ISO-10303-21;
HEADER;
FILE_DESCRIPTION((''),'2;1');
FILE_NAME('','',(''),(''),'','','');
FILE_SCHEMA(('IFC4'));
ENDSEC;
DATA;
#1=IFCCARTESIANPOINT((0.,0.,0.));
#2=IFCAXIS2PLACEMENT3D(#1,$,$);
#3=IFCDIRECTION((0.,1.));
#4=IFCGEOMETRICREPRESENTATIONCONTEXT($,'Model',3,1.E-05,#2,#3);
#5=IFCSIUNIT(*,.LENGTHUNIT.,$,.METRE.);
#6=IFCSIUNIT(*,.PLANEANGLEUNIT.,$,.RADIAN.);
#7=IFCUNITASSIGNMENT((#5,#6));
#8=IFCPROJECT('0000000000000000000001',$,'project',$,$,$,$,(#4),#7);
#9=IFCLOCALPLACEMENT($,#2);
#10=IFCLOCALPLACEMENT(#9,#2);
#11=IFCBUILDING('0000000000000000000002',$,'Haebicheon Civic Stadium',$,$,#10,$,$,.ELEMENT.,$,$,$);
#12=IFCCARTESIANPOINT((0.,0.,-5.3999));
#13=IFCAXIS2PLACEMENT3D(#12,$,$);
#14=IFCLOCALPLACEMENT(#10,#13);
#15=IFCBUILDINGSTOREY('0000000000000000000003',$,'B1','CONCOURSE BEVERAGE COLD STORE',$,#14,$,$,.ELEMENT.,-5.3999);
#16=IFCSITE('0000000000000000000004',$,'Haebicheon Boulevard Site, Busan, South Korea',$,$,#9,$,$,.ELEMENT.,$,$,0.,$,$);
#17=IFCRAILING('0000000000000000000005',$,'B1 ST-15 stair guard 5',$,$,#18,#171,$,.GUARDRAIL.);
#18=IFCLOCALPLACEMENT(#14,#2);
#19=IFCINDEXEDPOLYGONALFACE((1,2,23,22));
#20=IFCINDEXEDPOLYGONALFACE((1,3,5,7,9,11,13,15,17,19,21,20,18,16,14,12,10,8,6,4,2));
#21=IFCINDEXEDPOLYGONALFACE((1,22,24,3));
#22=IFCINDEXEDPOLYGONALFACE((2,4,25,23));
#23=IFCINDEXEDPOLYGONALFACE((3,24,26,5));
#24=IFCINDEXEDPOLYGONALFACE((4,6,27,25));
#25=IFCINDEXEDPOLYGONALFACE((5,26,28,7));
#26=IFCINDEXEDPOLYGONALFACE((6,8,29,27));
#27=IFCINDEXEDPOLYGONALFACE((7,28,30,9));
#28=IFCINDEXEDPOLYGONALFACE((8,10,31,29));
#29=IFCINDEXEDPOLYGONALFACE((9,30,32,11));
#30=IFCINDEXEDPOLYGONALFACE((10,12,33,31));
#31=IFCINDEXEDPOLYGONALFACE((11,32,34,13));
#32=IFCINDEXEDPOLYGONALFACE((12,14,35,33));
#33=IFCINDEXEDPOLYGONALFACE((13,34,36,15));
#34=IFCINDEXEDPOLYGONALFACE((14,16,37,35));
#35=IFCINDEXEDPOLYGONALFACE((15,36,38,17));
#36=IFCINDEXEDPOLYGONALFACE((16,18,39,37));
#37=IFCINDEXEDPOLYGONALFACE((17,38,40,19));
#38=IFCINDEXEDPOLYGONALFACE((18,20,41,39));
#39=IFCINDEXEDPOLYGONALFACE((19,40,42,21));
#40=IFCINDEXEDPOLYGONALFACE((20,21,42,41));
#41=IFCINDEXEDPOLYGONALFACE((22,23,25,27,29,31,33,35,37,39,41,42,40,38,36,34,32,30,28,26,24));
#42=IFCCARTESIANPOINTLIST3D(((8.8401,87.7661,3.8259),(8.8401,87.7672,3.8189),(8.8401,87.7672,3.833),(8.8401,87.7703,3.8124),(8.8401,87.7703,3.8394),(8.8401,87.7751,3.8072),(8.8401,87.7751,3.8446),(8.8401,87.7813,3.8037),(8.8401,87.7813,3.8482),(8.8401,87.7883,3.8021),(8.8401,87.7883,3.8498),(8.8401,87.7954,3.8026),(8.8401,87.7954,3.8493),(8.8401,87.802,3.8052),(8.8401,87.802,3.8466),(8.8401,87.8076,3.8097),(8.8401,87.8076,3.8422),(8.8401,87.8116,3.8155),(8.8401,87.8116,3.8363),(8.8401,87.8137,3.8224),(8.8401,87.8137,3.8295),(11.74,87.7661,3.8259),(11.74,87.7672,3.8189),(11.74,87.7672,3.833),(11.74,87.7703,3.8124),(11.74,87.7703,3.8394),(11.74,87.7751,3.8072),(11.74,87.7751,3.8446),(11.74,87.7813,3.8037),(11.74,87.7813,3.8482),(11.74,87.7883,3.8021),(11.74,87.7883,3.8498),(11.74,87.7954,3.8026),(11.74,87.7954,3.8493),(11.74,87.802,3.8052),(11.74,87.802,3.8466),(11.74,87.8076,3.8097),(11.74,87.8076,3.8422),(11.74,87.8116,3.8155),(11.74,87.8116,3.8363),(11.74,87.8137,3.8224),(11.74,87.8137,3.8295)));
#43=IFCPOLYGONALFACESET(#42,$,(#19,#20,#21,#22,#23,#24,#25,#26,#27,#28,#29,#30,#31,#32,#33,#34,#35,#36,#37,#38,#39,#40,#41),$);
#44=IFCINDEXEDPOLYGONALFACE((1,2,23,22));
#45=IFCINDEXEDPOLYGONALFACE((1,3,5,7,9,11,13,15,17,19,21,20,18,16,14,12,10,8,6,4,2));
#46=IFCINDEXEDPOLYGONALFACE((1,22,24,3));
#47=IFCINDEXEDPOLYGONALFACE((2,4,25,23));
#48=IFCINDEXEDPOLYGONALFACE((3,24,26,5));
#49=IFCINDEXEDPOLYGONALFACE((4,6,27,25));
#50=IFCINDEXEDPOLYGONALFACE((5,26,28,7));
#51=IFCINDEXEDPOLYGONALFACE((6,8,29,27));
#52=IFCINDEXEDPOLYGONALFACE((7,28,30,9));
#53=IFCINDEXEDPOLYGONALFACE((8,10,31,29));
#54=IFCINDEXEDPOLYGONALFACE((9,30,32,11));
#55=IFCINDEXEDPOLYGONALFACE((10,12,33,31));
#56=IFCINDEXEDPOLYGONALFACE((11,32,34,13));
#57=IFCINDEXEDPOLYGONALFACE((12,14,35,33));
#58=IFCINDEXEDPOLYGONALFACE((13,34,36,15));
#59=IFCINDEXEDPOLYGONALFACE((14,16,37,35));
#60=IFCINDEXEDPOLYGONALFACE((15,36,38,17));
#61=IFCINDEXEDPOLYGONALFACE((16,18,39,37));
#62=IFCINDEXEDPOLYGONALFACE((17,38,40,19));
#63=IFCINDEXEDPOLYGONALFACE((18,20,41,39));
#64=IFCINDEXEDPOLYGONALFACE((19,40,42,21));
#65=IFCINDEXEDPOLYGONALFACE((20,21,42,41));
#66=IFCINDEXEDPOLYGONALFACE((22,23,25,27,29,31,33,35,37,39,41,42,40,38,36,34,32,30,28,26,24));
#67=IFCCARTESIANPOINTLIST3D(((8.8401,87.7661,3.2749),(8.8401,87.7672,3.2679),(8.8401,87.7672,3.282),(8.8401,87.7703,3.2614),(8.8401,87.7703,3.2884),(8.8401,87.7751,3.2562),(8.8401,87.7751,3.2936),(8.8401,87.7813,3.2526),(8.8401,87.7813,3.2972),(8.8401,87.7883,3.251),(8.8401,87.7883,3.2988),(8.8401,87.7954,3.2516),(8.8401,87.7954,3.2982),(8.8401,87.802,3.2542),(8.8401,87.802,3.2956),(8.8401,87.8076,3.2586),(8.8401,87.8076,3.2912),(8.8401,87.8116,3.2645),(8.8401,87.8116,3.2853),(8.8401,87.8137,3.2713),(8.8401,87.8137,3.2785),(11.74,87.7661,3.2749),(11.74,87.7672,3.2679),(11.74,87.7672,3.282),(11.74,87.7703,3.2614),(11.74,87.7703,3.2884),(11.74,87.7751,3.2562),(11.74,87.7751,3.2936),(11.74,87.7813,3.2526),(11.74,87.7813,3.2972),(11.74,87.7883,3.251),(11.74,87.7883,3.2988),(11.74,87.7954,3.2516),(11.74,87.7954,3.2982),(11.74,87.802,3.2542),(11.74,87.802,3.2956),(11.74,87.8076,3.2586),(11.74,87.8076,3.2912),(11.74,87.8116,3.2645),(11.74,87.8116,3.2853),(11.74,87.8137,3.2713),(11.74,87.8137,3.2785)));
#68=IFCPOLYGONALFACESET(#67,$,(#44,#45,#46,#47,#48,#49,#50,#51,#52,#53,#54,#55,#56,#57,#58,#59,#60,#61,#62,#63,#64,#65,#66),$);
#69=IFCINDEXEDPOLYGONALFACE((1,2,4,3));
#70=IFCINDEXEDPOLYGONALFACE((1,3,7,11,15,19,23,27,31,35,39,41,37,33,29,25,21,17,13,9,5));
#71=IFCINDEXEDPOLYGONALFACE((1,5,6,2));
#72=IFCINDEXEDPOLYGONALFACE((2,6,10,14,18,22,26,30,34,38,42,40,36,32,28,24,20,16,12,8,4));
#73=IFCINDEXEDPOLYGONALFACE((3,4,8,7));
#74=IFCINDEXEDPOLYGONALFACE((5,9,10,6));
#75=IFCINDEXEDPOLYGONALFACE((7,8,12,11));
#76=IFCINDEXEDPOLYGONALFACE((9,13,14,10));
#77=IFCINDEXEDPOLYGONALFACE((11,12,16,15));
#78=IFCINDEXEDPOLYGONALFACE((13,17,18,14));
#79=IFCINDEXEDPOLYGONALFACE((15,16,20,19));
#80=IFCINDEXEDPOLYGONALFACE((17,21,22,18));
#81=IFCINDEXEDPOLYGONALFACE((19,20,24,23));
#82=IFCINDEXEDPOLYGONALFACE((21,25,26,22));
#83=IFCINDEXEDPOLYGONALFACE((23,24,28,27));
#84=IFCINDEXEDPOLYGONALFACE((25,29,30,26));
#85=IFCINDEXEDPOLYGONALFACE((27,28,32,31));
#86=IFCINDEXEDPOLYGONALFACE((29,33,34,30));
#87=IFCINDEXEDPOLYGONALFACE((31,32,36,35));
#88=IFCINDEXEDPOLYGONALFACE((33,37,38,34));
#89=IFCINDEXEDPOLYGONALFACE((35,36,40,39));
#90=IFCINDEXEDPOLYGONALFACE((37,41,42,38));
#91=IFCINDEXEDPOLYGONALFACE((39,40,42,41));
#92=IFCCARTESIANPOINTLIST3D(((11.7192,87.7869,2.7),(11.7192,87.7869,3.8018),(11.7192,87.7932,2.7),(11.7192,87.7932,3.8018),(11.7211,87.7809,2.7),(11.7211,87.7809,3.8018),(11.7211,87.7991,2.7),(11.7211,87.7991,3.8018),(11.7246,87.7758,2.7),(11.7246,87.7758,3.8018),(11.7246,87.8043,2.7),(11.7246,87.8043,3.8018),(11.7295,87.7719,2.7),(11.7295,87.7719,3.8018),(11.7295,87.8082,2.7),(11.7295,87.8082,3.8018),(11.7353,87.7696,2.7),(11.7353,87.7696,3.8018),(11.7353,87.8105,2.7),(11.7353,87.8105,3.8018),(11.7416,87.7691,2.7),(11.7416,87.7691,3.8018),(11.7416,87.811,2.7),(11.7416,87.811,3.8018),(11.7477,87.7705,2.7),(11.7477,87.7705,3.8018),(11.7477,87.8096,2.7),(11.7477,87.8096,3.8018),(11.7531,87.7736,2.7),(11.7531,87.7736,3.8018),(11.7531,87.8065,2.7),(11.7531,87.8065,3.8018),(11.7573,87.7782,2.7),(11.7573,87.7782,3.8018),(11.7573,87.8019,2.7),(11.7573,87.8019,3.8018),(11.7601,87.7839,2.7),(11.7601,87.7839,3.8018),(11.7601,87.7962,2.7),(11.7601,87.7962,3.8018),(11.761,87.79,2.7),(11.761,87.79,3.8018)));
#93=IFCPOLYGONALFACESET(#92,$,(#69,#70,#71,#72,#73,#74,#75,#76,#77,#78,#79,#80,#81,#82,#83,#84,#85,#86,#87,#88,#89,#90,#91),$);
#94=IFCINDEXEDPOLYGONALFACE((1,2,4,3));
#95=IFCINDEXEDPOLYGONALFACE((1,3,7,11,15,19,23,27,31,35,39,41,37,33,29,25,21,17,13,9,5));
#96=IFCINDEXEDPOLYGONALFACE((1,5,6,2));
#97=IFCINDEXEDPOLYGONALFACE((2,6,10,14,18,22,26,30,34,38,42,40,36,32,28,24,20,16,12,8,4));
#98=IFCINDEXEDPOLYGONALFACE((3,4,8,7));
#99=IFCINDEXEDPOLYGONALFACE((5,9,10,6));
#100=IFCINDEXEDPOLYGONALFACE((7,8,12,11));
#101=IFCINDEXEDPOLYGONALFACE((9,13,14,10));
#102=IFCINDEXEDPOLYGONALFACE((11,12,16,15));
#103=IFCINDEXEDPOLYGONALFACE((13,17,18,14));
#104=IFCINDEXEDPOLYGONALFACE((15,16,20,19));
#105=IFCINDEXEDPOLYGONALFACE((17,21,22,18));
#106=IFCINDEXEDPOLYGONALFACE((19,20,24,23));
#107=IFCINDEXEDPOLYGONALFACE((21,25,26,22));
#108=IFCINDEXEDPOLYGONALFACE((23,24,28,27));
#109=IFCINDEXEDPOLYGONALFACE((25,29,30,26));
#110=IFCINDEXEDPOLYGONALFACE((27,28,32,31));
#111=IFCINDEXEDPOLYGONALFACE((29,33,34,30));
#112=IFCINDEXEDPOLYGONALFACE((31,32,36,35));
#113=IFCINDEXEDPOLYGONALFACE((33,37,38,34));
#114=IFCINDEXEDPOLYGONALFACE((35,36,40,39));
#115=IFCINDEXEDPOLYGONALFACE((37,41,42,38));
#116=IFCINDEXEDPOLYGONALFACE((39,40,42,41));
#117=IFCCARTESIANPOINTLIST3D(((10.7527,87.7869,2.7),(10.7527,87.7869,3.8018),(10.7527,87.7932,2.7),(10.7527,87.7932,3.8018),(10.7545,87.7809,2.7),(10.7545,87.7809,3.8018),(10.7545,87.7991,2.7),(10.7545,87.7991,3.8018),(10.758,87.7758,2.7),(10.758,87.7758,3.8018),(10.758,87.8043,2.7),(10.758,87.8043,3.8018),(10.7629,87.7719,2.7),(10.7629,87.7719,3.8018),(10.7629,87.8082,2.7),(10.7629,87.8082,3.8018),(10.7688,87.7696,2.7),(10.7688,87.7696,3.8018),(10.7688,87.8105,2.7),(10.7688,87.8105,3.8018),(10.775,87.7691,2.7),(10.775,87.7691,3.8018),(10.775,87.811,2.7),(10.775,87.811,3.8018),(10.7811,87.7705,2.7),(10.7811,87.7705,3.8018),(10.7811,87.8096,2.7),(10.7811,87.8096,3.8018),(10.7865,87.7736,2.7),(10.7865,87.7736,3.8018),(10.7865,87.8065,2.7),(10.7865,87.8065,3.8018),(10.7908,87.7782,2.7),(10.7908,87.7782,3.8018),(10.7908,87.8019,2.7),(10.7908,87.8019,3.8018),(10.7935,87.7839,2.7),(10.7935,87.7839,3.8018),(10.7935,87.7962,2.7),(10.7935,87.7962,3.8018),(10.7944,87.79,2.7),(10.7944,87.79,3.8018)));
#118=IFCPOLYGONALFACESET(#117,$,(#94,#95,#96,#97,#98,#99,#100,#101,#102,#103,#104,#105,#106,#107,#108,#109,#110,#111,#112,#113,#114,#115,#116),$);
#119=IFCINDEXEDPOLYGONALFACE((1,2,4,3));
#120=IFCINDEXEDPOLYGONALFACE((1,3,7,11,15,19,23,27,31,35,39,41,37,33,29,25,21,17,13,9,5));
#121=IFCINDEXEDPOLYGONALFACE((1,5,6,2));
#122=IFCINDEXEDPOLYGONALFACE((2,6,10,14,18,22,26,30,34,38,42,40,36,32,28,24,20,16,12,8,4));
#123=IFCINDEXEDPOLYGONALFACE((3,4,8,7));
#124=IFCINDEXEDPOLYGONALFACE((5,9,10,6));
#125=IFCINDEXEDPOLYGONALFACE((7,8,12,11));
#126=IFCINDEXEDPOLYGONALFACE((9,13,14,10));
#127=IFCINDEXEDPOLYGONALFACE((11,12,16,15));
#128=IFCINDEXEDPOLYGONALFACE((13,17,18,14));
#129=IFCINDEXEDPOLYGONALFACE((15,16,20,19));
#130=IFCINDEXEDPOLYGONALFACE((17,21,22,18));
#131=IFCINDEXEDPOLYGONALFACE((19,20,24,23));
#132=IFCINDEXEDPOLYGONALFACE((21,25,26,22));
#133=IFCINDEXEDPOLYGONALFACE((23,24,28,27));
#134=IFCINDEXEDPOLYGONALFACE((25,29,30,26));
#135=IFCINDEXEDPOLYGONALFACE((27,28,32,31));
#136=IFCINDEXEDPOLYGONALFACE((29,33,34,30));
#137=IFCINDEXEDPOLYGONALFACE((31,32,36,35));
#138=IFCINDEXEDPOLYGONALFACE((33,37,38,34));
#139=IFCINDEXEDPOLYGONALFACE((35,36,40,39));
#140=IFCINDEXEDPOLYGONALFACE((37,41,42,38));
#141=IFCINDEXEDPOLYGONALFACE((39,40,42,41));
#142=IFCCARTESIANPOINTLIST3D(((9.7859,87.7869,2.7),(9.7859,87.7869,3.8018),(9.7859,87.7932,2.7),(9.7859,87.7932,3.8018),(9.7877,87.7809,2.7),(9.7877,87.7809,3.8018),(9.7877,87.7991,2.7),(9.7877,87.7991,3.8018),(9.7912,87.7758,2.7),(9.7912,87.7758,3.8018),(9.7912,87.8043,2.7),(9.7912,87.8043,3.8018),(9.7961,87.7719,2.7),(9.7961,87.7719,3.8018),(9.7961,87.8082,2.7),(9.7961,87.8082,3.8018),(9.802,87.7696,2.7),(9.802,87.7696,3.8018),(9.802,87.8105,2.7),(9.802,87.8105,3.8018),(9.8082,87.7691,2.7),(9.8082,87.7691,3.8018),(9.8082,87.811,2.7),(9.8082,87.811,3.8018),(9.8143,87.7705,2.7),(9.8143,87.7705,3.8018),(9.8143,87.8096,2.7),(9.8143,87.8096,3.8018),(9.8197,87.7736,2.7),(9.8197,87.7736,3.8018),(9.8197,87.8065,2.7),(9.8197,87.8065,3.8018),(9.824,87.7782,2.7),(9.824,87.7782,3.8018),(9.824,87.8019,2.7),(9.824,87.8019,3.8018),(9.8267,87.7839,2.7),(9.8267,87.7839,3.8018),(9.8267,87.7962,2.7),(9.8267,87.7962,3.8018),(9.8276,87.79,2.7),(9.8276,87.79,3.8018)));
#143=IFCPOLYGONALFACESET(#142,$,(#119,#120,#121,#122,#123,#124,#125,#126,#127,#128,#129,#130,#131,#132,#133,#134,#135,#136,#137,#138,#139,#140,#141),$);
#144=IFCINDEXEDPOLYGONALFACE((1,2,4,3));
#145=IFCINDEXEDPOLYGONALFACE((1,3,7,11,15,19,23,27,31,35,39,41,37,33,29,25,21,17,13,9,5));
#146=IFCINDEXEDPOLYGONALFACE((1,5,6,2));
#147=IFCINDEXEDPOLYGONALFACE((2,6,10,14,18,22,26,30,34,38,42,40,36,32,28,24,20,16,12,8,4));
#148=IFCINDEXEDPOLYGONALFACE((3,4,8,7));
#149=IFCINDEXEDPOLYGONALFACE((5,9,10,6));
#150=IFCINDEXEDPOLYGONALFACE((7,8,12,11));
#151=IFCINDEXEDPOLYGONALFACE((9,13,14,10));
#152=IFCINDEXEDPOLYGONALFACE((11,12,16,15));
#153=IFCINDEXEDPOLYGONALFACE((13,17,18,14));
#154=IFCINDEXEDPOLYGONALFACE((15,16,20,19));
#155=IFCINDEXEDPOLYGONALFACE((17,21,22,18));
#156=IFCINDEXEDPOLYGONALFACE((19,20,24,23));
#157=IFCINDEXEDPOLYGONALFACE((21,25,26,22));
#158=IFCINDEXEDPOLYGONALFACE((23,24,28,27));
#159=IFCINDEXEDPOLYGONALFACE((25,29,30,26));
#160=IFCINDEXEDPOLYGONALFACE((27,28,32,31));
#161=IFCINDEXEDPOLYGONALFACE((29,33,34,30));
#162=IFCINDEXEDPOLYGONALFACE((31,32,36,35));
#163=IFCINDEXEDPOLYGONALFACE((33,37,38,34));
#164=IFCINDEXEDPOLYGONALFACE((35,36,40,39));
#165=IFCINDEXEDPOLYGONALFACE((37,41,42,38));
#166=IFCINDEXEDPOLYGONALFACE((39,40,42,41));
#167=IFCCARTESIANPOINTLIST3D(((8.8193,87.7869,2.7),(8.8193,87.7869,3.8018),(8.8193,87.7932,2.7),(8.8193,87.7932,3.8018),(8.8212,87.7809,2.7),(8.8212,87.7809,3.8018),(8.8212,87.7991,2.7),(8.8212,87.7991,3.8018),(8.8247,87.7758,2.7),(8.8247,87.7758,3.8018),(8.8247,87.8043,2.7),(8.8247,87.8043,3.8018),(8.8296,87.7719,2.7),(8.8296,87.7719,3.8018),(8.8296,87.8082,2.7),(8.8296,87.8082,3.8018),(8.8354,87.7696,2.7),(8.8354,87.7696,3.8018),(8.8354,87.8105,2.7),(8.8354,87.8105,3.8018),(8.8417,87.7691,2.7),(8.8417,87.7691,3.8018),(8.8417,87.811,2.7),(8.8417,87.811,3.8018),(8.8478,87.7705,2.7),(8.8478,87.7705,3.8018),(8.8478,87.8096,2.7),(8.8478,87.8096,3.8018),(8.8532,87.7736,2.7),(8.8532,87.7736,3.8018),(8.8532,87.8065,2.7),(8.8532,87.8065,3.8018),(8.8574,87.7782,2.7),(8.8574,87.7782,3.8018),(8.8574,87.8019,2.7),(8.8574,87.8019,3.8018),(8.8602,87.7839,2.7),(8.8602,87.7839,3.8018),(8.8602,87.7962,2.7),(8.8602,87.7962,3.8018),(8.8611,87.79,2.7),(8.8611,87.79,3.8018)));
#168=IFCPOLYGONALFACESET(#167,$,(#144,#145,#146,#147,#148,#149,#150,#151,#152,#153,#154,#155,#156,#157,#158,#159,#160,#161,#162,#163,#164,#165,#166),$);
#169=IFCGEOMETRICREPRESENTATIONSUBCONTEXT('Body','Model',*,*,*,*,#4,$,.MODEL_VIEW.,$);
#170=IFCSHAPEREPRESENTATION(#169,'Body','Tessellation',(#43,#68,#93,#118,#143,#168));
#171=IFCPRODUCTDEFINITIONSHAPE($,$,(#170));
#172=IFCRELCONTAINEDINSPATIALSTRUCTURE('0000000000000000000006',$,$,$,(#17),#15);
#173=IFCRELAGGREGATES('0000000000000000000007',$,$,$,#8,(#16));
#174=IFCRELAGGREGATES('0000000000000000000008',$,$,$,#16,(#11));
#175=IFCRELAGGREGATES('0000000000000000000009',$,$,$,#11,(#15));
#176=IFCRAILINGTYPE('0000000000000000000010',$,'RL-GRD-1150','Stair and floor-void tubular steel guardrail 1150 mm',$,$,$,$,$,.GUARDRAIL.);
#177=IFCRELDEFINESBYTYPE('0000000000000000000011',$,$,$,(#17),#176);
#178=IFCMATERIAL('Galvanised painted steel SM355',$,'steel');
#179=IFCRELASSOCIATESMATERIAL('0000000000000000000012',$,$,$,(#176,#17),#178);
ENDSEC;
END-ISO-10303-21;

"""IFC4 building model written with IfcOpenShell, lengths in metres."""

from ifc_helpers import new_model, si_unit, direction, frame, origin, origin_2d, place, context, subcontext, project, spatial, circle, extrude, material, type_object, element, save


model = new_model("IFC4")

# Units and contexts
model_context = context("Model", 3, precision=1e-05, world=origin(), true_north=direction((0.0, 1.0)))
body_context = subcontext(model_context, "Body", "Model", "MODEL_VIEW")
ifc_project = project(units=[si_unit("LENGTHUNIT", "METRE"), si_unit("PLANEANGLEUNIT", "RADIAN")], contexts=[model_context])

# Site, building, storey
site_placement = place(None, origin())
site = spatial("IfcSite", under=ifc_project, at=site_placement, Name="Haebicheon Boulevard Site, Busan, South Korea", CompositionType="ELEMENT", RefElevation=0.0)
building_placement = place(site_placement, origin())
building = spatial("IfcBuilding", under=site, at=building_placement, Name="Haebicheon Civic Stadium", CompositionType="ELEMENT")
storey_placement = place(building_placement, frame((0.0, 0.0, -5.3999)))
storey = spatial("IfcBuildingStorey", under=building, at=storey_placement, Name="B1", Description="CONCOURSE BEVERAGE COLD STORE", CompositionType="ELEMENT", Elevation=-5.3999)

# Railing
ifc_material_1 = material(Name="Galvanised painted steel SM355", Category="steel")
railing_type = type_object("IfcRailingType", Name="RL-GRD-1150", Description="Stair and floor-void tubular steel guardrail 1150 mm", PredefinedType="GUARDRAIL", material=ifc_material_1)
railing_1_placement = place(storey_placement, frame((11.74, 87.79, 2.7)))
element("IfcRailing", 1, at=railing_1_placement, inside=storey, type_object=railing_type, material=ifc_material_1, Name="B1 ST-15 stair guard 5", PredefinedType="GUARDRAIL", context=body_context, shape_type="SweptSolid", body=[
    extrude(circle(Radius=0.0239, at=origin_2d()), frame((0.0, 0.0, 1.126), z_axis=(-1.0, 0.0, 0.0), x_axis=(0.0, -1.0, 0.0)), (0.0, 0.0, 1.0), 2.8999),
    extrude(circle(Radius=0.0239, at=origin_2d()), frame((0.0, 0.0, 0.575), z_axis=(-1.0, 0.0, 0.0), x_axis=(0.0, -1.0, 0.0)), (0.0, 0.0, 1.0), 2.8999),
    extrude(circle(Radius=0.021, at=origin_2d()), origin(), (0.0, 0.0, 1.0), 1.1018),
    extrude(circle(Radius=0.021, at=origin_2d()), frame((-0.9666, 0.0, 0.0)), (0.0, 0.0, 1.0), 1.1018),
    extrude(circle(Radius=0.021, at=origin_2d()), frame((-1.9333, 0.0, 0.0)), (0.0, 0.0, 1.0), 1.1018),
    extrude(circle(Radius=0.021, at=origin_2d()), frame((-2.8999, 0.0, 0.0)), (0.0, 0.0, 1.0), 1.1018),
])

save(model, "model.ifc")
